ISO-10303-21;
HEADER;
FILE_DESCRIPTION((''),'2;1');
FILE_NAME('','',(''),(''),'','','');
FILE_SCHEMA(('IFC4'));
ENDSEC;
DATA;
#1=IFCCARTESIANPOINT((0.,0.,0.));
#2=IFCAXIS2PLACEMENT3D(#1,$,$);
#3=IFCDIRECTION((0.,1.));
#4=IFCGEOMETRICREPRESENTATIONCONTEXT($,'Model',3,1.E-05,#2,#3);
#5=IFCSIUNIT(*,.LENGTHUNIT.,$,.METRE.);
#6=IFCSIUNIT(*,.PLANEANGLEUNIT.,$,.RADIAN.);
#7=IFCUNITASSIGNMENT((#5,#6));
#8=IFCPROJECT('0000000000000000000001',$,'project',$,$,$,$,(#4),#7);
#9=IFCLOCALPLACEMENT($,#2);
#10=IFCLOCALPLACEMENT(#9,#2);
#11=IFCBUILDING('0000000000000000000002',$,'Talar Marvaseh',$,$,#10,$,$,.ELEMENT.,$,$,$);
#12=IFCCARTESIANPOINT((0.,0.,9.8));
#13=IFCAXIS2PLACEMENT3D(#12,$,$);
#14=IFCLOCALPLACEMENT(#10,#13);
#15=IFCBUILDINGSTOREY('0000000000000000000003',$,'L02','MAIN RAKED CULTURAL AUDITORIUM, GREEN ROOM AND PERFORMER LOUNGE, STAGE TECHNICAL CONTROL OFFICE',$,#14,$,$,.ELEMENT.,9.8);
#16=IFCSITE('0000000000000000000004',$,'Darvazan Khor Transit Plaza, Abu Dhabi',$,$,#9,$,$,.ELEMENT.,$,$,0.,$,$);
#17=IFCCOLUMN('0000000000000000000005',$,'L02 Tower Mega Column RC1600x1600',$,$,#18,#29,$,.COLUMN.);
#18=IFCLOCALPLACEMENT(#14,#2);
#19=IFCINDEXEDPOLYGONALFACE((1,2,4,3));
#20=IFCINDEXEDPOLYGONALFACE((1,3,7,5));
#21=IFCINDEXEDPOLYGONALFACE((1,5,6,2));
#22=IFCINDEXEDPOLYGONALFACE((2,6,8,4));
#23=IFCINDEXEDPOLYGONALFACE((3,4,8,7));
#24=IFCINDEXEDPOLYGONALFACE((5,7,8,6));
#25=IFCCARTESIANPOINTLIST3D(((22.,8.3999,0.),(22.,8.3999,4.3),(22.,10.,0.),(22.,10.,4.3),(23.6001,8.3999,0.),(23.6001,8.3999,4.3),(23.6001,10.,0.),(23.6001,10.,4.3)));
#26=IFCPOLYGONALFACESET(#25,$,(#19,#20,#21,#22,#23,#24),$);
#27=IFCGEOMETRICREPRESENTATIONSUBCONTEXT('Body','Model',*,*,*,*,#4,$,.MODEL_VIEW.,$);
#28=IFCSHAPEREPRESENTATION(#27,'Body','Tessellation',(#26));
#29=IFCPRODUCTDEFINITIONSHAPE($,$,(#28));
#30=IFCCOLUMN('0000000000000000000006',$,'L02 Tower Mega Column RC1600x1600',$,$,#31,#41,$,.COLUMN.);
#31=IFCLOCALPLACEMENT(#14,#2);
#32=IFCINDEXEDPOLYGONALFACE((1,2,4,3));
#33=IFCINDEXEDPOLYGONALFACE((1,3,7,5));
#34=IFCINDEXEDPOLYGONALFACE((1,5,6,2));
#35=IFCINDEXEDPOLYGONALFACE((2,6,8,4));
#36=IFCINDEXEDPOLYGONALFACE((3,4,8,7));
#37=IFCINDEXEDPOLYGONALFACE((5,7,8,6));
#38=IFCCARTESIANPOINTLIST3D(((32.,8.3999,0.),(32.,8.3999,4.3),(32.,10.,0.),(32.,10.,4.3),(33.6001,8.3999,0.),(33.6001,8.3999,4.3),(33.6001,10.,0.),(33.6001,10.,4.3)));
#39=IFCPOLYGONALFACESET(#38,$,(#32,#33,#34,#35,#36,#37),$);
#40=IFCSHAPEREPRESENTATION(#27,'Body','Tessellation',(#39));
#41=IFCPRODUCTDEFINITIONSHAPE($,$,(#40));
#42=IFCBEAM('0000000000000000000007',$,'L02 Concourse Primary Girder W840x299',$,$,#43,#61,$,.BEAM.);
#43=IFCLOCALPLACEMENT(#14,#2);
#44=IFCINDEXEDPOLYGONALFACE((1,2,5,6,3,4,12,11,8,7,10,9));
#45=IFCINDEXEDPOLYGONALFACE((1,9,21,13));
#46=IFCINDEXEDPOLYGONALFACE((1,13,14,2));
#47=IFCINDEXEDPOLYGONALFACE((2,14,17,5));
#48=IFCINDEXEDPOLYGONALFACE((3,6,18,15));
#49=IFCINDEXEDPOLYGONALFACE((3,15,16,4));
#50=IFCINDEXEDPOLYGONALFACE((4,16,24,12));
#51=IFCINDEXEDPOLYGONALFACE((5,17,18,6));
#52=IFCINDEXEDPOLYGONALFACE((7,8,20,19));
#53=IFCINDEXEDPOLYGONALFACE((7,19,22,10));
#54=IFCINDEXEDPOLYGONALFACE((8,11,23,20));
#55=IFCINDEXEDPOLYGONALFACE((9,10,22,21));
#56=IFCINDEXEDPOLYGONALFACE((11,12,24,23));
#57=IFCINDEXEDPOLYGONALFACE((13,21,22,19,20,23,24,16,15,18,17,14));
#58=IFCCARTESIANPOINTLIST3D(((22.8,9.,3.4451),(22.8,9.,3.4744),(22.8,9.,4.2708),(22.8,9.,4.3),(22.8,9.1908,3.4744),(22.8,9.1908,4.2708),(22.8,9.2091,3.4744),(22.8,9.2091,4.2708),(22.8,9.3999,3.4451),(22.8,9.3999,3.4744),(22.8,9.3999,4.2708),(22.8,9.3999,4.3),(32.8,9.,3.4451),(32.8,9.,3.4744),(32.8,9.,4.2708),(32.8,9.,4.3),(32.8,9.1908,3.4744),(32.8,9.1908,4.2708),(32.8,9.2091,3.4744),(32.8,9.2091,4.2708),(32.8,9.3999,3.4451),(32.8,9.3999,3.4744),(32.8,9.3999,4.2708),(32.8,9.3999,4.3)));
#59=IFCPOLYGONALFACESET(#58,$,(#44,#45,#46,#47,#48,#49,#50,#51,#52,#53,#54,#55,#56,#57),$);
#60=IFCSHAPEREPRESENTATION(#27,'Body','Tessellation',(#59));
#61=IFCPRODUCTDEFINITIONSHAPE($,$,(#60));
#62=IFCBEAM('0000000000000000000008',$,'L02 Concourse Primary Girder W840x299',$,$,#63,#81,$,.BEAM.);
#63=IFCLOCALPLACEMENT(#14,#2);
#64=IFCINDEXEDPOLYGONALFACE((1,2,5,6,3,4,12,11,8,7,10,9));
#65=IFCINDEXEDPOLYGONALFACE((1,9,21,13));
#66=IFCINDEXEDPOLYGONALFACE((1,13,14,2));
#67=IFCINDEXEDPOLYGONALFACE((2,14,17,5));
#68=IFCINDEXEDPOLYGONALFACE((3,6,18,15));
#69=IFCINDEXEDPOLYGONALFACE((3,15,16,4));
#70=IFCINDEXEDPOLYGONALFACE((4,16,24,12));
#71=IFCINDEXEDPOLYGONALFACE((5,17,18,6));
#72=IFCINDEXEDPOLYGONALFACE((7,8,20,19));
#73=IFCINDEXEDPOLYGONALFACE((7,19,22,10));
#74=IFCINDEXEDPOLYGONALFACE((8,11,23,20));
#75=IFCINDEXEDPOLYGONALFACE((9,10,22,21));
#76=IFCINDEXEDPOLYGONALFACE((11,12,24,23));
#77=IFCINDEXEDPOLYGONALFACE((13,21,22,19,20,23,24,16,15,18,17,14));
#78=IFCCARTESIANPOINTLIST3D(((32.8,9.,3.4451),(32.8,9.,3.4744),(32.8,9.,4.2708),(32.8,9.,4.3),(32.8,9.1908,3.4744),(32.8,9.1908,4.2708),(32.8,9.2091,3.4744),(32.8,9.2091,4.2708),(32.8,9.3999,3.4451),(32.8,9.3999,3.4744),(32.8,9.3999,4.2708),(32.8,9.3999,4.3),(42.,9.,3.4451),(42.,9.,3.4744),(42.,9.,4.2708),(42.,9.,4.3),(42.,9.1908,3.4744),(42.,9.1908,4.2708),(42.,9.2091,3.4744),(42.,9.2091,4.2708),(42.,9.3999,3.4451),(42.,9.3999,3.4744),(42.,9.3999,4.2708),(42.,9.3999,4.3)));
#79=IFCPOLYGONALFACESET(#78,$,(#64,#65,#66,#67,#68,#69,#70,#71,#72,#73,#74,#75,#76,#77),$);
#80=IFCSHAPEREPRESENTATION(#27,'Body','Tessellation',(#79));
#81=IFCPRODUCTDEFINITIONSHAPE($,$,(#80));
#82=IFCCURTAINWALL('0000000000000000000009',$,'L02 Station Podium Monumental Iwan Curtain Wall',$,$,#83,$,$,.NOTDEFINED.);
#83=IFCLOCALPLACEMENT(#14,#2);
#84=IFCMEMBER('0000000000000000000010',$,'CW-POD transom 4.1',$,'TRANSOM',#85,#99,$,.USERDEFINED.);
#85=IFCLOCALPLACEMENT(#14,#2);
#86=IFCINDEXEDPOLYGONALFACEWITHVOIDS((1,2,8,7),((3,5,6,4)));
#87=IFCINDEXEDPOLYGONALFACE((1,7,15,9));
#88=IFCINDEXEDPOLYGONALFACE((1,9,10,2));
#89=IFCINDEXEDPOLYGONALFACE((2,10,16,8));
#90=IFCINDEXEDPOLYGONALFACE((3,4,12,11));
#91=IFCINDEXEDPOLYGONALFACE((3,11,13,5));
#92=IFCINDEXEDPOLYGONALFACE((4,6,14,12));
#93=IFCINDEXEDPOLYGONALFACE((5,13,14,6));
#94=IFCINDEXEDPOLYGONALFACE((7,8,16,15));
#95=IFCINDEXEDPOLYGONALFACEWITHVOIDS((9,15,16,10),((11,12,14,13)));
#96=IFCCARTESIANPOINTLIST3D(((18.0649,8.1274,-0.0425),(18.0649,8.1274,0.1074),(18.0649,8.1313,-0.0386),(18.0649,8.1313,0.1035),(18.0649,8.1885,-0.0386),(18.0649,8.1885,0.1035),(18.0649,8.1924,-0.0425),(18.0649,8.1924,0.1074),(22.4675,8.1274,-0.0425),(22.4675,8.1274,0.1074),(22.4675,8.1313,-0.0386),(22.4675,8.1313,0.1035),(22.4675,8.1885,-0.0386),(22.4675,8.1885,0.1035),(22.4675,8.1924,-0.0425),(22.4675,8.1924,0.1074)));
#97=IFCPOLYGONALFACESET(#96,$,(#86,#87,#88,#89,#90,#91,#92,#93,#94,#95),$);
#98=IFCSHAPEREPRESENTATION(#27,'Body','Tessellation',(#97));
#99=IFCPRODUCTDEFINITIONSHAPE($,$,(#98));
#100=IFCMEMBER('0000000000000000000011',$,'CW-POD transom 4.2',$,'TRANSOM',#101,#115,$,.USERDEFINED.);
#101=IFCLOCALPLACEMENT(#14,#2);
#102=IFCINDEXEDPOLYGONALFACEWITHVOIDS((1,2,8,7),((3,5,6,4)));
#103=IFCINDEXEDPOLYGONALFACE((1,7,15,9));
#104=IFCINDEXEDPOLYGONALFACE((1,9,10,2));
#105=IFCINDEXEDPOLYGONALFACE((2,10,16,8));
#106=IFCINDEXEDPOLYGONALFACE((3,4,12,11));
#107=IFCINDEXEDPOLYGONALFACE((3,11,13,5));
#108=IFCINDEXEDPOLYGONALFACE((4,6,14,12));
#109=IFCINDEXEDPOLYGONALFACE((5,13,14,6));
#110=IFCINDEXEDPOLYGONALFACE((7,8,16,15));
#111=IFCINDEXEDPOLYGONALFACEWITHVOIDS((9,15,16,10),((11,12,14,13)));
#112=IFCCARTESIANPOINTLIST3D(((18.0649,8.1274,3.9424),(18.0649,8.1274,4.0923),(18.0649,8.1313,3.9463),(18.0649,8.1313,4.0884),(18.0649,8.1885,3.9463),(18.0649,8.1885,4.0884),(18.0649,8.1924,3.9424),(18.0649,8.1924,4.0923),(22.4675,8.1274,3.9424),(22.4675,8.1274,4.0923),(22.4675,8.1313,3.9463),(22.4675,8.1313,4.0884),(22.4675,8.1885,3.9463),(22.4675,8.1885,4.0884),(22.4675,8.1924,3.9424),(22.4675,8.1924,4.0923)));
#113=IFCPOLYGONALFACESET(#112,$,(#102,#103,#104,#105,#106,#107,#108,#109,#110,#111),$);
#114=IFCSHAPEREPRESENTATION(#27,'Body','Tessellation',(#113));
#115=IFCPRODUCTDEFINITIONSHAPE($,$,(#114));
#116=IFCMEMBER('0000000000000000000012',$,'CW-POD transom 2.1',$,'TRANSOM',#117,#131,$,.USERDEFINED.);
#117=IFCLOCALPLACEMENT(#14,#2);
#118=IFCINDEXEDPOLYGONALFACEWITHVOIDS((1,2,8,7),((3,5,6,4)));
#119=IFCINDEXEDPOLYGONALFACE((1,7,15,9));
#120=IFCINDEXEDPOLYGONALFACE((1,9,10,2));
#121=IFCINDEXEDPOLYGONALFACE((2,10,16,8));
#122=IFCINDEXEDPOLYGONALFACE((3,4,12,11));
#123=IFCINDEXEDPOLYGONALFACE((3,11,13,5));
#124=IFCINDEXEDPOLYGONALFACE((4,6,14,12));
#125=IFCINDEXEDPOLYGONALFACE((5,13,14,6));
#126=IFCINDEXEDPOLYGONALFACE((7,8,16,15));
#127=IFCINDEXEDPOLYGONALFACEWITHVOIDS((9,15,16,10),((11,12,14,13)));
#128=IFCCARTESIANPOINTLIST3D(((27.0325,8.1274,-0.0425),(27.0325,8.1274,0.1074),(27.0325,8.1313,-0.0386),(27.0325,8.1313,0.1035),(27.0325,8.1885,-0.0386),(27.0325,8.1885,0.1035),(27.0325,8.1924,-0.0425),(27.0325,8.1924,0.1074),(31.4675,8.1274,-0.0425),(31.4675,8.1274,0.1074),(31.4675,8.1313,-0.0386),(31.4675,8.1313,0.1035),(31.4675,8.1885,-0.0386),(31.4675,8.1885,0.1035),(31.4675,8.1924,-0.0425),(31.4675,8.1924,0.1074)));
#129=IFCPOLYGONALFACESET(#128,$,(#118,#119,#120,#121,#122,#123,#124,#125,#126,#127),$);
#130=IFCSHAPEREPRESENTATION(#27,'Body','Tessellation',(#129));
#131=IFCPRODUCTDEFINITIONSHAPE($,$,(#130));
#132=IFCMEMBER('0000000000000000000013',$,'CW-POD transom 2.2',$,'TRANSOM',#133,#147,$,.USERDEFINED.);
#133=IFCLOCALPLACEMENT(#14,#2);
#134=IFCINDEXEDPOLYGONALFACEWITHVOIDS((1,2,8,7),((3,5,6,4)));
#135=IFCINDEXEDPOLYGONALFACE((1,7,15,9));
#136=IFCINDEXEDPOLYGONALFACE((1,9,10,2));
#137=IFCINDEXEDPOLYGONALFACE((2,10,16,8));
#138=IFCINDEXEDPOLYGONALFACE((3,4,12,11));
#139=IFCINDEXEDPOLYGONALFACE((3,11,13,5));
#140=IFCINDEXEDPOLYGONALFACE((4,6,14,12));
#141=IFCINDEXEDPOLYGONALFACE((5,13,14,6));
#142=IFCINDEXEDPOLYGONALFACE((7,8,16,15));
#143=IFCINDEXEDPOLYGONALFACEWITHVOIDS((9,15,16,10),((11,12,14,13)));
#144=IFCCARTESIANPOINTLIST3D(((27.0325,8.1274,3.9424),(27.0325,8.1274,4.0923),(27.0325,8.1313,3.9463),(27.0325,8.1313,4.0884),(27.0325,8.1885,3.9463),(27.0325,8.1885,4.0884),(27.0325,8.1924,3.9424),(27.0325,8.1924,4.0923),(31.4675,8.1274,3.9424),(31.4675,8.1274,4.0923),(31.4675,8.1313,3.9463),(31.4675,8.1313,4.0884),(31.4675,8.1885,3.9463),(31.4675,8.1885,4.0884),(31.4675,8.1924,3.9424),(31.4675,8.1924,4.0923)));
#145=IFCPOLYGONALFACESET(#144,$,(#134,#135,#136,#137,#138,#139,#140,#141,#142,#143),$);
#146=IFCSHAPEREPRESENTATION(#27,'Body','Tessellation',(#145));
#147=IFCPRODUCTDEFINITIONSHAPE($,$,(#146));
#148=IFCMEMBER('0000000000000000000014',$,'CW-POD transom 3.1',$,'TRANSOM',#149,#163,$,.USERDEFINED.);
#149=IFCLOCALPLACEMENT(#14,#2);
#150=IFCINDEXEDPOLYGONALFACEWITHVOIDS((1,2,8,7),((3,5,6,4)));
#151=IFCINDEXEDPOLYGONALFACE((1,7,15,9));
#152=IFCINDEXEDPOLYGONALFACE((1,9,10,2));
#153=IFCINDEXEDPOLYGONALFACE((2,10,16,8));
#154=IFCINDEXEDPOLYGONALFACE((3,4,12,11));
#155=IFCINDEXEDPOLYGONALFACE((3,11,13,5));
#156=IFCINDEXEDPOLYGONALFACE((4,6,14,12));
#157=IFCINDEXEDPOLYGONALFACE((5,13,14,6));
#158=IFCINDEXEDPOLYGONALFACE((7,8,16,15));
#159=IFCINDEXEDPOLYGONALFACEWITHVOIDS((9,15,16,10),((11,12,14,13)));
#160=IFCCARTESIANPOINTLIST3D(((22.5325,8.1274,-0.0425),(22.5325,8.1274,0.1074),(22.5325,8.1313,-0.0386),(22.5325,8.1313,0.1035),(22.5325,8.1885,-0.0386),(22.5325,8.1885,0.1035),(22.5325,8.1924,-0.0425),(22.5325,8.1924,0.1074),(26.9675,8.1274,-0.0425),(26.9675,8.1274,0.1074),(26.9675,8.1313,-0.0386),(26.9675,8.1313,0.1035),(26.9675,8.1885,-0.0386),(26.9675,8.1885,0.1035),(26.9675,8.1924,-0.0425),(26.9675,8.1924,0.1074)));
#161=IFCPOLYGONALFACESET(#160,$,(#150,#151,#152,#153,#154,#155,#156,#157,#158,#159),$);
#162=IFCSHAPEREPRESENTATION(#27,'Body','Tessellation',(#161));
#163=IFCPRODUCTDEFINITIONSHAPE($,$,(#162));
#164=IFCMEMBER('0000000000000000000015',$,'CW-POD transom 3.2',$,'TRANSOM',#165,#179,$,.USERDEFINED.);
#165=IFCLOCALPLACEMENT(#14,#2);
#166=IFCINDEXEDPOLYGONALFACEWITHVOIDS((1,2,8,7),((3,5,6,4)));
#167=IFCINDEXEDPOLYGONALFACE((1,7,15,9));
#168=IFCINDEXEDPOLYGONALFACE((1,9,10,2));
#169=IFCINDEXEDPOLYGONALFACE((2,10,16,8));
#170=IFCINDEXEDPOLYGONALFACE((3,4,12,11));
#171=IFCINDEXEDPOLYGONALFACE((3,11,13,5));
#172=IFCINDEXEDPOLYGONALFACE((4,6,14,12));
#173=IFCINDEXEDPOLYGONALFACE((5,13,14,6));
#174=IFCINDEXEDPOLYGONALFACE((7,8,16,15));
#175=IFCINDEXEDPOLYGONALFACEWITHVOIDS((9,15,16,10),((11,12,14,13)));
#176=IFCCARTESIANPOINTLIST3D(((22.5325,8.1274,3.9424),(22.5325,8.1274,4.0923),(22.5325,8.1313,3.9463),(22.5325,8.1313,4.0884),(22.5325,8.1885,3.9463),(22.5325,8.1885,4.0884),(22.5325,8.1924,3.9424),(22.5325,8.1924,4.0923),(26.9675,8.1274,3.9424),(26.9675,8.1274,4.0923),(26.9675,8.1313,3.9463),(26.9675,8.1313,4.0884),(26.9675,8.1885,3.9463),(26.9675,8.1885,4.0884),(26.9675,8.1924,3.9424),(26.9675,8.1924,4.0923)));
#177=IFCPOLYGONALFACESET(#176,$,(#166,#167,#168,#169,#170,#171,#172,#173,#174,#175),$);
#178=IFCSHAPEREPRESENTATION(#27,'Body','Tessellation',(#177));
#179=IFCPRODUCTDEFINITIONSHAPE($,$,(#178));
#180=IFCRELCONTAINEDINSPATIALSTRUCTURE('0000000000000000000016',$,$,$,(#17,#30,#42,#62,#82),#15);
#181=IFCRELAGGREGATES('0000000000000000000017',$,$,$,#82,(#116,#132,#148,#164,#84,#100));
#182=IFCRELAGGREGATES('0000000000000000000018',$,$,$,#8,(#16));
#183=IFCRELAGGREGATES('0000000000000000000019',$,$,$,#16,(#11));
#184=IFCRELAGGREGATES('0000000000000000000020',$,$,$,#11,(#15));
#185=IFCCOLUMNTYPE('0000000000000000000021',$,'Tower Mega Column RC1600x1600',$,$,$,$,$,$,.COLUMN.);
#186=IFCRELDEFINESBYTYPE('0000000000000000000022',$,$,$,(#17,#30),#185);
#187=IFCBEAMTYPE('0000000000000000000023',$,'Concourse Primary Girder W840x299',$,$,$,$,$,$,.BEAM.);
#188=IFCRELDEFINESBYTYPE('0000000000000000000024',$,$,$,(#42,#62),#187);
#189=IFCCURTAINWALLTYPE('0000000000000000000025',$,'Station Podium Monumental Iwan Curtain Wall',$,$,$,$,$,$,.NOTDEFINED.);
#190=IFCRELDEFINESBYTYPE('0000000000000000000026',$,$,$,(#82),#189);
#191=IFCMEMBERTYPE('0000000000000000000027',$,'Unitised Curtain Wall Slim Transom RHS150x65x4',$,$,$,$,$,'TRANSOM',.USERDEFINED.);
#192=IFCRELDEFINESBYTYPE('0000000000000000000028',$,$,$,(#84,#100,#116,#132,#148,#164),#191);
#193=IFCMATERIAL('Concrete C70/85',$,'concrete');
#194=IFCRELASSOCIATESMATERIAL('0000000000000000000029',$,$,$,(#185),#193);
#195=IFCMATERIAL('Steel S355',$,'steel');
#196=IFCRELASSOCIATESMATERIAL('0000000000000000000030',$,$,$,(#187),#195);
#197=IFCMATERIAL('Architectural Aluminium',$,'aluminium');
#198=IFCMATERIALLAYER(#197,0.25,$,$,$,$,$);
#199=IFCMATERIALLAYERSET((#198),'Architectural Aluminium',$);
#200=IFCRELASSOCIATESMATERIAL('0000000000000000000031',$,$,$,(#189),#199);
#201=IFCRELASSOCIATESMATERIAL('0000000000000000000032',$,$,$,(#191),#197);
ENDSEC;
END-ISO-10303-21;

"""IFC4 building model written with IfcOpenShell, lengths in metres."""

from ifc_helpers import new_model, si_unit, direction, frame, origin, origin_2d, place, context, subcontext, project, spatial, rectangle, hollow_rectangle, i_section, extrude, source, transform, mapped, material, layer, layer_set, material_profile, profile_set, type_object, type_shapes, element, aggregate, save


model = new_model("IFC4")

# Units and contexts
model_context = context("Model", 3, precision=1e-05, world=origin(), true_north=direction((0.0, 1.0)))
body_context = subcontext(model_context, "Body", "Model", "MODEL_VIEW")
ifc_project = project(units=[si_unit("LENGTHUNIT", "METRE"), si_unit("PLANEANGLEUNIT", "RADIAN")], contexts=[model_context])

# Site, building, storey
site_placement = place(None, origin())
site = spatial("IfcSite", under=ifc_project, at=site_placement, Name="Darvazan Khor Transit Plaza, Abu Dhabi", CompositionType="ELEMENT", RefElevation=0.0)
building_placement = place(site_placement, origin())
building = spatial("IfcBuilding", under=site, at=building_placement, Name="Talar Marvaseh", CompositionType="ELEMENT")
storey_placement = place(building_placement, frame((0.0, 0.0, 9.8)))
storey = spatial("IfcBuildingStorey", under=building, at=storey_placement, Name="L02", Description="MAIN RAKED CULTURAL AUDITORIUM, GREEN ROOM AND PERFORMER LOUNGE, STAGE TECHNICAL CONTROL OFFICE", CompositionType="ELEMENT", Elevation=9.8)

# Columns
ifc_material_1 = material(Name="Concrete C70/85", Category="concrete")
ifc_material_profile_1 = material_profile(ifc_material_1, rectangle(XDim=1.6001, YDim=1.6001, at=origin_2d()), Name="RC1600x1600")
ifc_profile_set_1 = profile_set([ifc_material_profile_1], Name="Concrete C70/85")
column_type = type_object("IfcColumnType", Name="Tower Mega Column RC1600x1600", PredefinedType="COLUMN", material=ifc_profile_set_1)
for number, where, z_axis, x_axis, name in (
    (1, (22.8, 9.2, 0.0), (0.0, 0.0, 1.0), (1.0, 0.0, 0.0), "L02 Tower Mega Column RC1600x1600"),
    (2, (32.8, 9.2, 0.0), (0.0, 0.0, 1.0), (1.0, 0.0, 0.0), "L02 Tower Mega Column RC1600x1600"),
):
    element("IfcColumn", number, at=place(storey_placement, frame(where, z_axis=z_axis, x_axis=x_axis)), inside=storey, type_object=column_type, Name=name, PredefinedType="COLUMN", context=body_context, shape_type="SweptSolid", body=[
        extrude(rectangle(XDim=1.6001, YDim=1.6001, at=origin_2d()), origin(), (0.0, 0.0, 1.0), 4.3),
    ])

# Beams
ifc_material_2 = material(Name="Steel S355", Category="steel")
ifc_material_profile_2 = material_profile(ifc_material_2, i_section(OverallWidth=0.3999, OverallDepth=0.855, WebThickness=0.0183, FlangeThickness=0.0293, at=origin_2d()), Name="W840x299")
ifc_profile_set_2 = profile_set([ifc_material_profile_2], Name="Steel S355")
beam_type = type_object("IfcBeamType", Name="Concourse Primary Girder W840x299", PredefinedType="BEAM", material=ifc_profile_set_2)
beam_1_placement = place(storey_placement, frame((22.8, 9.2, 3.8726), z_axis=(1.0, 0.0, 0.0), x_axis=(0.0, 1.0, 0.0)))
element("IfcBeam", 3, at=beam_1_placement, inside=storey, type_object=beam_type, Name="L02 Concourse Primary Girder W840x299", PredefinedType="BEAM", context=body_context, shape_type="SweptSolid", body=[
    extrude(i_section(OverallWidth=0.3999, OverallDepth=0.855, WebThickness=0.0183, FlangeThickness=0.0293, at=origin_2d()), origin(), (0.0, 0.0, 1.0), 10.0),
])
beam_2_placement = place(storey_placement, frame((32.8, 9.2, 3.8726), z_axis=(1.0, 0.0, 0.0), x_axis=(0.0, 1.0, 0.0)))
element("IfcBeam", 4, at=beam_2_placement, inside=storey, type_object=beam_type, Name="L02 Concourse Primary Girder W840x299", PredefinedType="BEAM", context=body_context, shape_type="SweptSolid", body=[
    extrude(i_section(OverallWidth=0.3999, OverallDepth=0.855, WebThickness=0.0183, FlangeThickness=0.0293, at=origin_2d()), origin(), (0.0, 0.0, 1.0), 9.2),
])

# Curtain wall, members
ifc_material_3 = material(Name="Architectural Aluminium", Category="aluminium")
ifc_layer_1 = layer(ifc_material_3, 0.25)
ifc_layer_set_1 = layer_set([ifc_layer_1], Name="Architectural Aluminium")
curtain_wall_type = type_object("IfcCurtainWallType", Name="Station Podium Monumental Iwan Curtain Wall", PredefinedType="NOTDEFINED", material=ifc_layer_set_1)
curtain_wall_placement = place(storey_placement, origin())
curtain_wall = element("IfcCurtainWall", 5, at=curtain_wall_placement, inside=storey, type_object=curtain_wall_type, Name="L02 Station Podium Monumental Iwan Curtain Wall", PredefinedType="NOTDEFINED")
ifc_material_profile_3 = material_profile(ifc_material_3, hollow_rectangle(XDim=0.0649, YDim=0.1499, WallThickness=0.0039, at=origin_2d()), Name="RHS150x65x4")
ifc_profile_set_3 = profile_set([ifc_material_profile_3], Name="Architectural Aluminium")
member_type_1 = type_object("IfcMemberType", Name="Unitised Curtain Wall Slim Transom RHS150x65x4", ElementType="TRANSOM", PredefinedType="USERDEFINED", material=ifc_profile_set_3)
shared_shape_1 = source(origin(), body_context, "Body", "SweptSolid", [
    extrude(hollow_rectangle(XDim=0.0649, YDim=0.1499, WallThickness=0.0039, at=origin_2d()), origin(), (0.0, 0.0, 1.0), 4.4026),
])
member_1_placement = place(storey_placement, frame((22.4675, 8.1599, 0.0325), z_axis=(-1.0, 0.0, 0.0), x_axis=(0.0, -1.0, 0.0)))
member_1 = element("IfcMember", 6, at=member_1_placement, type_object=member_type_1, Name="CW-POD transom 4.1", ObjectType="TRANSOM", PredefinedType="USERDEFINED", context=body_context, shape_type="MappedRepresentation", body=[
    mapped(shared_shape_1, transform((0.0, 0.0, 0.0), x_axis=(1.0, 0.0, 0.0), y_axis=(0.0, 1.0, 0.0), z_axis=(0.0, 0.0, 1.0), scale=1.0)),
])
member_2_placement = place(storey_placement, frame((22.4675, 8.1599, 4.0173), z_axis=(-1.0, 0.0, 0.0), x_axis=(0.0, -1.0, 0.0)))
member_2 = element("IfcMember", 7, at=member_2_placement, type_object=member_type_1, Name="CW-POD transom 4.2", ObjectType="TRANSOM", PredefinedType="USERDEFINED", context=body_context, shape_type="MappedRepresentation", body=[
    mapped(shared_shape_1, transform((0.0, 0.0, 0.0), x_axis=(1.0, 0.0, 0.0), y_axis=(0.0, 1.0, 0.0), z_axis=(0.0, 0.0, 1.0), scale=1.0)),
])
shared_shape_2 = source(origin(), body_context, "Body", "SweptSolid", [
    extrude(hollow_rectangle(XDim=0.0649, YDim=0.1499, WallThickness=0.0039, at=origin_2d()), origin(), (0.0, 0.0, 1.0), 4.4351),
])
type_shapes(member_type_1, [shared_shape_1, shared_shape_2])
member_3_placement = place(storey_placement, frame((31.4675, 8.1599, 0.0325), z_axis=(-1.0, 0.0, 0.0), x_axis=(0.0, -1.0, 0.0)))
member_3 = element("IfcMember", 8, at=member_3_placement, type_object=member_type_1, Name="CW-POD transom 2.1", ObjectType="TRANSOM", PredefinedType="USERDEFINED", context=body_context, shape_type="MappedRepresentation", body=[
    mapped(shared_shape_2, transform((0.0, 0.0, 0.0), x_axis=(1.0, 0.0, 0.0), y_axis=(0.0, 1.0, 0.0), z_axis=(0.0, 0.0, 1.0), scale=1.0)),
])
member_4_placement = place(storey_placement, frame((31.4675, 8.1599, 4.0173), z_axis=(-1.0, 0.0, 0.0), x_axis=(0.0, -1.0, 0.0)))
member_4 = element("IfcMember", 9, at=member_4_placement, type_object=member_type_1, Name="CW-POD transom 2.2", ObjectType="TRANSOM", PredefinedType="USERDEFINED", context=body_context, shape_type="MappedRepresentation", body=[
    mapped(shared_shape_2, transform((0.0, 0.0, 0.0), x_axis=(1.0, 0.0, 0.0), y_axis=(0.0, 1.0, 0.0), z_axis=(0.0, 0.0, 1.0), scale=1.0)),
])
member_5_placement = place(storey_placement, frame((26.9675, 8.1599, 0.0325), z_axis=(-1.0, 0.0, 0.0), x_axis=(0.0, -1.0, 0.0)))
member_5 = element("IfcMember", 10, at=member_5_placement, type_object=member_type_1, Name="CW-POD transom 3.1", ObjectType="TRANSOM", PredefinedType="USERDEFINED", context=body_context, shape_type="MappedRepresentation", body=[
    mapped(shared_shape_2, transform((0.0, 0.0, 0.0), x_axis=(1.0, 0.0, 0.0), y_axis=(0.0, 1.0, 0.0), z_axis=(0.0, 0.0, 1.0), scale=1.0)),
])
member_6_placement = place(storey_placement, frame((26.9675, 8.1599, 4.0173), z_axis=(-1.0, 0.0, 0.0), x_axis=(0.0, -1.0, 0.0)))
member_6 = element("IfcMember", 11, at=member_6_placement, type_object=member_type_1, Name="CW-POD transom 3.2", ObjectType="TRANSOM", PredefinedType="USERDEFINED", context=body_context, shape_type="MappedRepresentation", body=[
    mapped(shared_shape_2, transform((0.0, 0.0, 0.0), x_axis=(1.0, 0.0, 0.0), y_axis=(0.0, 1.0, 0.0), z_axis=(0.0, 0.0, 1.0), scale=1.0)),
])
aggregate(curtain_wall, [member_3, member_4, member_5, member_6, member_1, member_2])

save(model, "model.ifc")
